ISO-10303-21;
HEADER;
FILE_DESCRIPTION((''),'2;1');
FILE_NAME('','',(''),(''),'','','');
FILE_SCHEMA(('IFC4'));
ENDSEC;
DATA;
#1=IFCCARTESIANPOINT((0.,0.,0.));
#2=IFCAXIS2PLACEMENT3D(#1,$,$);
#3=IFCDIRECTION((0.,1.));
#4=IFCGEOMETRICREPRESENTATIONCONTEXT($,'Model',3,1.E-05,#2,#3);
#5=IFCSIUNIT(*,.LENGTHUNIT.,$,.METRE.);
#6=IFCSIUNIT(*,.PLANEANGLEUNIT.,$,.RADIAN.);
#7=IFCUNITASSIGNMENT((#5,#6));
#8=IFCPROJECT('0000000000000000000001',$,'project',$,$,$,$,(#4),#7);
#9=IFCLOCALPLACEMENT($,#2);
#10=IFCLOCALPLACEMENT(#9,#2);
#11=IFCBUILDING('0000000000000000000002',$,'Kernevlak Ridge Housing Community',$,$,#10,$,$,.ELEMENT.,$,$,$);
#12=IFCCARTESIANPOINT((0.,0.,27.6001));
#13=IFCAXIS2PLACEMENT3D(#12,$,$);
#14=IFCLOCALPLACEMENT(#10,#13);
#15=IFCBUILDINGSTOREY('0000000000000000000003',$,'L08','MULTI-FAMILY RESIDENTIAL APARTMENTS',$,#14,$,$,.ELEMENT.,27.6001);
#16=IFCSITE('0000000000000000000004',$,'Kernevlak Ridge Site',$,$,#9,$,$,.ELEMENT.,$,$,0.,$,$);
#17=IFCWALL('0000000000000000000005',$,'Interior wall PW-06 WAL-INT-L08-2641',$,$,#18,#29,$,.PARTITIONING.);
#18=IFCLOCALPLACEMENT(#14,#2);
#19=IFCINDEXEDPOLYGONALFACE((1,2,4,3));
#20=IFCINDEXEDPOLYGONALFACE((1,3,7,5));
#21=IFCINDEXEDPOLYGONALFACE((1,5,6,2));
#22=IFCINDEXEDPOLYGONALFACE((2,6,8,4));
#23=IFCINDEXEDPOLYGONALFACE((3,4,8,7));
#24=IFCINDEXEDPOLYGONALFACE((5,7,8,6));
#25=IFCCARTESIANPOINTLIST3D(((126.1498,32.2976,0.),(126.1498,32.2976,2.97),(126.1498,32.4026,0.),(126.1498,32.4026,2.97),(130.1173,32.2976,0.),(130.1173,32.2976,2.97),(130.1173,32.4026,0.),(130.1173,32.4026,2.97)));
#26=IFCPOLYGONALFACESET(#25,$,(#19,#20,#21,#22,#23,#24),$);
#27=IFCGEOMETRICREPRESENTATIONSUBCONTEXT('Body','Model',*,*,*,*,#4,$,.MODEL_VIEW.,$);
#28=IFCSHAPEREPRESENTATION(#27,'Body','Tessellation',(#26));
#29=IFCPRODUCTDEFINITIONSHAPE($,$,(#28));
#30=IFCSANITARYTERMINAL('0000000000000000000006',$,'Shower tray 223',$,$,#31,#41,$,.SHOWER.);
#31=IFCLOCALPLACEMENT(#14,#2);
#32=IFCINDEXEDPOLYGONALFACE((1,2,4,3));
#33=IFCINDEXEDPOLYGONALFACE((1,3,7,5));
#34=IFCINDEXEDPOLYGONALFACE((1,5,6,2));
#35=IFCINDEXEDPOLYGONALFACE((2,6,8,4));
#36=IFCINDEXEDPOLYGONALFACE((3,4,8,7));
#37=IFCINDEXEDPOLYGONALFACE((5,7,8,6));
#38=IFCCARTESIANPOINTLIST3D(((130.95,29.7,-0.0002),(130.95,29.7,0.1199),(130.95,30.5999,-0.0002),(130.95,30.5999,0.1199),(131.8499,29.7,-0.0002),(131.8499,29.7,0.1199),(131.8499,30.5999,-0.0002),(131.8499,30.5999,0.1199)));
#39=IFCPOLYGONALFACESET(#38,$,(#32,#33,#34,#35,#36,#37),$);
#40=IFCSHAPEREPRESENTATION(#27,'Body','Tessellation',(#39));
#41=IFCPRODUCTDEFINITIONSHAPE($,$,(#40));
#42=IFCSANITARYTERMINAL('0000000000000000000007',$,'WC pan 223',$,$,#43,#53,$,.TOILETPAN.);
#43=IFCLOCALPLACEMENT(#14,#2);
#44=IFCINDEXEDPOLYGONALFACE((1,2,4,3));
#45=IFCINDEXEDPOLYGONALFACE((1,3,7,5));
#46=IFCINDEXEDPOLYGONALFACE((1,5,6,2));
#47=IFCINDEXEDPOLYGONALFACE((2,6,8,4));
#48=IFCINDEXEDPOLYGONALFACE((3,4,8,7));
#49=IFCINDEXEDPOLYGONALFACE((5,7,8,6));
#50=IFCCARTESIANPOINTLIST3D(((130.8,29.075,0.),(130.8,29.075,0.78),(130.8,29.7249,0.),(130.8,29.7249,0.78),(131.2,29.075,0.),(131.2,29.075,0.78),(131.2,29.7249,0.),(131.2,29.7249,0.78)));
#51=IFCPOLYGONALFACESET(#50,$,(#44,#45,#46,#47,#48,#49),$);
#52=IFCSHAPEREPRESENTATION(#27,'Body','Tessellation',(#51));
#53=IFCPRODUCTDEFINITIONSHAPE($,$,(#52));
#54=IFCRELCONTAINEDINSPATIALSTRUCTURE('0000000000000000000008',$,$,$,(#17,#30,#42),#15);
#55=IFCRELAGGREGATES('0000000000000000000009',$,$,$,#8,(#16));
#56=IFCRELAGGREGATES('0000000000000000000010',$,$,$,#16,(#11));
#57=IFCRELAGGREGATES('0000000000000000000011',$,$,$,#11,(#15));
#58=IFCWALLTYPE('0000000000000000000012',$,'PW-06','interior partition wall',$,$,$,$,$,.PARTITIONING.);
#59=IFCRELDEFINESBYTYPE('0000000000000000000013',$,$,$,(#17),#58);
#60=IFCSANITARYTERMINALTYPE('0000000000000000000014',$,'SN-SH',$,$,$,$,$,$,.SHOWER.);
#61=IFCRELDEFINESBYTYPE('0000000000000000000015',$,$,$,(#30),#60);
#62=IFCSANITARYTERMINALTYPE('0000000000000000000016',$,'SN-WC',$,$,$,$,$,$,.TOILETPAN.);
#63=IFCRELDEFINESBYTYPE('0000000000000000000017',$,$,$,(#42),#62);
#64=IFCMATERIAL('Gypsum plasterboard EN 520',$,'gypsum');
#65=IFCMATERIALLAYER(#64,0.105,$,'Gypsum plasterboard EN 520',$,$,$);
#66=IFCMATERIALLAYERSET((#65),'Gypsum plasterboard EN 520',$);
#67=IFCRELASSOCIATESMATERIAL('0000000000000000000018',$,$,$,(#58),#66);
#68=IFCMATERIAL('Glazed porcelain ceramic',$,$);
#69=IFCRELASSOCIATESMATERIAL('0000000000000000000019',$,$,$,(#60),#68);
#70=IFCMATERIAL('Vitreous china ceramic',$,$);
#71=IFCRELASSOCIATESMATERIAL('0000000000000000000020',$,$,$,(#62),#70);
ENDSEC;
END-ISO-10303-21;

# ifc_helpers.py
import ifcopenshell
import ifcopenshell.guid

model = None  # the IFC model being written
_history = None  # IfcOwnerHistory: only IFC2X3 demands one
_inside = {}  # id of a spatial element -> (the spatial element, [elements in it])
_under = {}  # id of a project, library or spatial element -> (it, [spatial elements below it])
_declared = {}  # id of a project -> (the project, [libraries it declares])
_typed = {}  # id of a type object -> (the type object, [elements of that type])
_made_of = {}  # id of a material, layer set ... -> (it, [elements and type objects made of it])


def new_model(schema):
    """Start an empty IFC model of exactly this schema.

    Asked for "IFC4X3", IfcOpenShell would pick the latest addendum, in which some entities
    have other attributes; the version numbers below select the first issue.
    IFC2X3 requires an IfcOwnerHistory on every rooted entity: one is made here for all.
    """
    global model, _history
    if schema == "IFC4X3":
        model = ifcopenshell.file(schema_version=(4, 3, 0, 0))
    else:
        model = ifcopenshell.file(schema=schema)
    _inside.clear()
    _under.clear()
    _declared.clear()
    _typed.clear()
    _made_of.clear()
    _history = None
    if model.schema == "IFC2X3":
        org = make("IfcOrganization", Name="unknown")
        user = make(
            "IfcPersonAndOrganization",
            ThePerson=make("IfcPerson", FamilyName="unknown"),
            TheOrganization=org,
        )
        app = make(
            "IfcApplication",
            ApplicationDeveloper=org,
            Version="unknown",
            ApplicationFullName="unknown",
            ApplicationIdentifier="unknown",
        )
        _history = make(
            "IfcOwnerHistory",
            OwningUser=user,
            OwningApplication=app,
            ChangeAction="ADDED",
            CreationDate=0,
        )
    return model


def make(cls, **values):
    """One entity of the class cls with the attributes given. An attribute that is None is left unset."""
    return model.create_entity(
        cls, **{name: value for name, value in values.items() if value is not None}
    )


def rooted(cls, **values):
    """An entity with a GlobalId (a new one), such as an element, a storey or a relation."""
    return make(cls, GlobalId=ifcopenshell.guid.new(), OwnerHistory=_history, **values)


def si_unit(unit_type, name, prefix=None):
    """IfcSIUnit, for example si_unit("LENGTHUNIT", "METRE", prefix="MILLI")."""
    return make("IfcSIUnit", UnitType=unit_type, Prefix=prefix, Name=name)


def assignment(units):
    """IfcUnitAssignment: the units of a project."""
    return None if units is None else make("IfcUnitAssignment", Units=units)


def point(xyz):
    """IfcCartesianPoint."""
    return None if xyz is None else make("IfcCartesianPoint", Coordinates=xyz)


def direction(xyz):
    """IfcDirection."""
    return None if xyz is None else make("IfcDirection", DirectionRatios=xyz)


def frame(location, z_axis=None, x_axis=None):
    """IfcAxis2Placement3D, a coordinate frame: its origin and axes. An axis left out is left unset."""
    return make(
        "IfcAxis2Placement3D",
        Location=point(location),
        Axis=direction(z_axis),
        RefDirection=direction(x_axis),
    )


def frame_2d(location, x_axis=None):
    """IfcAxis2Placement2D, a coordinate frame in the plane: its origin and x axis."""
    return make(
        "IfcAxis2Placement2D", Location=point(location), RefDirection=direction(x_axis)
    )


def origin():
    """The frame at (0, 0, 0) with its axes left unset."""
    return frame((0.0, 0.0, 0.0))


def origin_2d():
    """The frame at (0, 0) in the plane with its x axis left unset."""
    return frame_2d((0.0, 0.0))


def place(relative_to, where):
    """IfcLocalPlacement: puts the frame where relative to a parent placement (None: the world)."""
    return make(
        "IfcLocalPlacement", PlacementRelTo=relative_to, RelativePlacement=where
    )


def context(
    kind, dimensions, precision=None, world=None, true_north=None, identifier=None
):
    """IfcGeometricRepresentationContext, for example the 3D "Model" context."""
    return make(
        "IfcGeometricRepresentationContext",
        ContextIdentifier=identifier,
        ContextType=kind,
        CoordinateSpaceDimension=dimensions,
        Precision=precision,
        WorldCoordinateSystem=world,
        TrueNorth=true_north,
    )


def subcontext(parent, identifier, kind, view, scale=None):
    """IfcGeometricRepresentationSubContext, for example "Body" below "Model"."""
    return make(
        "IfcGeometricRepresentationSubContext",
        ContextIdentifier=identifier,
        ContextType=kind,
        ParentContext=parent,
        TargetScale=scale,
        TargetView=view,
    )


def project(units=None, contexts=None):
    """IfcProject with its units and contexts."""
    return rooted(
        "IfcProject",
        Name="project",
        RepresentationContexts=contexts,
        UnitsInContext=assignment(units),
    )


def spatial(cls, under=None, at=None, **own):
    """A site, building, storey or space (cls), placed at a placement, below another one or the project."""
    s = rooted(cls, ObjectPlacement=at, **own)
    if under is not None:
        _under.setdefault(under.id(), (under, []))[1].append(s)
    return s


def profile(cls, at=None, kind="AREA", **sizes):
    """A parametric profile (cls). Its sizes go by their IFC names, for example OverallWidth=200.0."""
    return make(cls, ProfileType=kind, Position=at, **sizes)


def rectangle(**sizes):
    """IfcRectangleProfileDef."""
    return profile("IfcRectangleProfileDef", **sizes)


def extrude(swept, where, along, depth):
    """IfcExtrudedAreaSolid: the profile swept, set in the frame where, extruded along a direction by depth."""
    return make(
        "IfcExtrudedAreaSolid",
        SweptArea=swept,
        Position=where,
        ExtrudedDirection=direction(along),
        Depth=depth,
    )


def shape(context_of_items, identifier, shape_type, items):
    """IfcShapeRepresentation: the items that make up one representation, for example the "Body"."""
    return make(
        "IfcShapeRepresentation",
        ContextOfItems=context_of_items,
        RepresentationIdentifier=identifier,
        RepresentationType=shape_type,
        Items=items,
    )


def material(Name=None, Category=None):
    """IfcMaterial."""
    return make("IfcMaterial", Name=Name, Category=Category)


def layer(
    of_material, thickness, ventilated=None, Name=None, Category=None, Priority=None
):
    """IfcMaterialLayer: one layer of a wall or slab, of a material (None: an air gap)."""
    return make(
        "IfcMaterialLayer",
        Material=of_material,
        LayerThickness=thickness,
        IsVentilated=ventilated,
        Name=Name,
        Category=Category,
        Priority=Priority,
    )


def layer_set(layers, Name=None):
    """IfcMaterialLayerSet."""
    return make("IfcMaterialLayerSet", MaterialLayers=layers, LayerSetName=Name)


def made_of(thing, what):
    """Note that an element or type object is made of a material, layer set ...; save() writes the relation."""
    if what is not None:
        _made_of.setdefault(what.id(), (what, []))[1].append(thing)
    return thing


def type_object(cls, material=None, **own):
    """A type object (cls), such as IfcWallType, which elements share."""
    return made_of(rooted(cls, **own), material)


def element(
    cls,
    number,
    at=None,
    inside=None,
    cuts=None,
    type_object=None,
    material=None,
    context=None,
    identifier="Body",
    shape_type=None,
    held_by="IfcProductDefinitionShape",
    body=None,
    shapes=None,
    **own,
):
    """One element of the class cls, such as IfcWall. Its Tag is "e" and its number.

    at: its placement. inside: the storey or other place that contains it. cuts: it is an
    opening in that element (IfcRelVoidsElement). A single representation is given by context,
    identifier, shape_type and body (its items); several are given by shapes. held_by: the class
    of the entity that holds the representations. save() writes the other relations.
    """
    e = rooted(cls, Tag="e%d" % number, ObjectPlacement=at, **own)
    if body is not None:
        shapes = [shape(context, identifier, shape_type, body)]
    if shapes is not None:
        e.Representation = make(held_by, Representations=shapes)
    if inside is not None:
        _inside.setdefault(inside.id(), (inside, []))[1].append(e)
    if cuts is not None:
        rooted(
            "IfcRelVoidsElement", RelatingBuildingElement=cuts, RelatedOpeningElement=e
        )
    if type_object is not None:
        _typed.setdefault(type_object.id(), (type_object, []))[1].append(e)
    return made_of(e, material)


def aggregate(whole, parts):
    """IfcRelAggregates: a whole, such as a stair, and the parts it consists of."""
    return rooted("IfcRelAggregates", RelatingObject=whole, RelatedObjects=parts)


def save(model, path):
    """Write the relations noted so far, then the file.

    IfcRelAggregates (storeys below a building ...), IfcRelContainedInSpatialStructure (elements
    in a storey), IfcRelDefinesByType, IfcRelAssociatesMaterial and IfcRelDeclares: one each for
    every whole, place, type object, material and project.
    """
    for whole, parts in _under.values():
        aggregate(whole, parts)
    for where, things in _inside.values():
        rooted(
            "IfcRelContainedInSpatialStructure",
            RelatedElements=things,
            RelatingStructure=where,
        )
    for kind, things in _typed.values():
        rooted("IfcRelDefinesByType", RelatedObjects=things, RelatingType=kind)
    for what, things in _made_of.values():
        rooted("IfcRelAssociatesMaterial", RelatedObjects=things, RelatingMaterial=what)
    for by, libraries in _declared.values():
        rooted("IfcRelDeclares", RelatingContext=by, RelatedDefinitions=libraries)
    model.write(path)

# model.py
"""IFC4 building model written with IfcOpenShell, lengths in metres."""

from ifc_helpers import new_model, si_unit, direction, frame, frame_2d, origin, origin_2d, place, context, subcontext, project, spatial, rectangle, extrude, material, layer, layer_set, type_object, element, save


model = new_model("IFC4")

# Units and contexts
model_context = context("Model", 3, precision=1e-05, world=origin(), true_north=direction((0.0, 1.0)))
body_context = subcontext(model_context, "Body", "Model", "MODEL_VIEW")
ifc_project = project(units=[si_unit("LENGTHUNIT", "METRE"), si_unit("PLANEANGLEUNIT", "RADIAN")], contexts=[model_context])

# Site, building, storey
site_placement = place(None, origin())
site = spatial("IfcSite", under=ifc_project, at=site_placement, Name="Kernevlak Ridge Site", CompositionType="ELEMENT", RefElevation=0.0)
building_placement = place(site_placement, origin())
building = spatial("IfcBuilding", under=site, at=building_placement, Name="Kernevlak Ridge Housing Community", CompositionType="ELEMENT")
storey_placement = place(building_placement, frame((0.0, 0.0, 27.6001)))
storey = spatial("IfcBuildingStorey", under=building, at=storey_placement, Name="L08", Description="MULTI-FAMILY RESIDENTIAL APARTMENTS", CompositionType="ELEMENT", Elevation=27.6001)

# Wall
ifc_material_1 = material(Name="Gypsum plasterboard EN 520", Category="gypsum")
ifc_layer_1 = layer(ifc_material_1, 0.105, Name="Gypsum plasterboard EN 520")
ifc_layer_set_1 = layer_set([ifc_layer_1], Name="Gypsum plasterboard EN 520")
wall_type_1 = type_object("IfcWallType", Name="PW-06", Description="interior partition wall", PredefinedType="PARTITIONING", material=ifc_layer_set_1)
wall_1_placement = place(storey_placement, frame((130.1174, 32.3501, 0.0), z_axis=(0.0, 0.0, 1.0), x_axis=(-1.0, 0.0, 0.0)))
element("IfcWall", 1, at=wall_1_placement, inside=storey, type_object=wall_type_1, Name="Interior wall PW-06 WAL-INT-L08-2641", PredefinedType="PARTITIONING", context=body_context, shape_type="SweptSolid", body=[
    extrude(rectangle(XDim=3.9675, YDim=0.105, at=frame_2d((1.9839, 0.0))), origin(), (0.0, 0.0, 1.0), 2.97),
])

# Sanitary terminals
ifc_material_2 = material(Name="Glazed porcelain ceramic")
sanitary_terminal_type_1 = type_object("IfcSanitaryTerminalType", Name="SN-SH", PredefinedType="SHOWER", material=ifc_material_2)
sanitary_terminal_1_placement = place(storey_placement, frame((131.3999, 30.1499, -0.0002), z_axis=(0.0, 0.0, 1.0), x_axis=(1.0, 0.0, 0.0)))
element("IfcSanitaryTerminal", 2, at=sanitary_terminal_1_placement, inside=storey, type_object=sanitary_terminal_type_1, Name="Shower tray 223", PredefinedType="SHOWER", context=body_context, shape_type="SweptSolid", body=[
    extrude(rectangle(XDim=0.8999, YDim=0.8999, at=origin_2d()), origin(), (0.0, 0.0, 1.0), 0.1201),
])
ifc_material_3 = material(Name="Vitreous china ceramic")
sanitary_terminal_type_2 = type_object("IfcSanitaryTerminalType", Name="SN-WC", PredefinedType="TOILETPAN", material=ifc_material_3)
sanitary_terminal_2_placement = place(storey_placement, frame((131.0, 29.3999, 0.0), z_axis=(0.0, 0.0, 1.0), x_axis=(1.0, 0.0, 0.0)))
element("IfcSanitaryTerminal", 3, at=sanitary_terminal_2_placement, inside=storey, type_object=sanitary_terminal_type_2, Name="WC pan 223", PredefinedType="TOILETPAN", context=body_context, shape_type="SweptSolid", body=[
    extrude(rectangle(XDim=0.3999, YDim=0.6499, at=origin_2d()), origin(), (0.0, 0.0, 1.0), 0.78),
])

save(model, "model.ifc")
